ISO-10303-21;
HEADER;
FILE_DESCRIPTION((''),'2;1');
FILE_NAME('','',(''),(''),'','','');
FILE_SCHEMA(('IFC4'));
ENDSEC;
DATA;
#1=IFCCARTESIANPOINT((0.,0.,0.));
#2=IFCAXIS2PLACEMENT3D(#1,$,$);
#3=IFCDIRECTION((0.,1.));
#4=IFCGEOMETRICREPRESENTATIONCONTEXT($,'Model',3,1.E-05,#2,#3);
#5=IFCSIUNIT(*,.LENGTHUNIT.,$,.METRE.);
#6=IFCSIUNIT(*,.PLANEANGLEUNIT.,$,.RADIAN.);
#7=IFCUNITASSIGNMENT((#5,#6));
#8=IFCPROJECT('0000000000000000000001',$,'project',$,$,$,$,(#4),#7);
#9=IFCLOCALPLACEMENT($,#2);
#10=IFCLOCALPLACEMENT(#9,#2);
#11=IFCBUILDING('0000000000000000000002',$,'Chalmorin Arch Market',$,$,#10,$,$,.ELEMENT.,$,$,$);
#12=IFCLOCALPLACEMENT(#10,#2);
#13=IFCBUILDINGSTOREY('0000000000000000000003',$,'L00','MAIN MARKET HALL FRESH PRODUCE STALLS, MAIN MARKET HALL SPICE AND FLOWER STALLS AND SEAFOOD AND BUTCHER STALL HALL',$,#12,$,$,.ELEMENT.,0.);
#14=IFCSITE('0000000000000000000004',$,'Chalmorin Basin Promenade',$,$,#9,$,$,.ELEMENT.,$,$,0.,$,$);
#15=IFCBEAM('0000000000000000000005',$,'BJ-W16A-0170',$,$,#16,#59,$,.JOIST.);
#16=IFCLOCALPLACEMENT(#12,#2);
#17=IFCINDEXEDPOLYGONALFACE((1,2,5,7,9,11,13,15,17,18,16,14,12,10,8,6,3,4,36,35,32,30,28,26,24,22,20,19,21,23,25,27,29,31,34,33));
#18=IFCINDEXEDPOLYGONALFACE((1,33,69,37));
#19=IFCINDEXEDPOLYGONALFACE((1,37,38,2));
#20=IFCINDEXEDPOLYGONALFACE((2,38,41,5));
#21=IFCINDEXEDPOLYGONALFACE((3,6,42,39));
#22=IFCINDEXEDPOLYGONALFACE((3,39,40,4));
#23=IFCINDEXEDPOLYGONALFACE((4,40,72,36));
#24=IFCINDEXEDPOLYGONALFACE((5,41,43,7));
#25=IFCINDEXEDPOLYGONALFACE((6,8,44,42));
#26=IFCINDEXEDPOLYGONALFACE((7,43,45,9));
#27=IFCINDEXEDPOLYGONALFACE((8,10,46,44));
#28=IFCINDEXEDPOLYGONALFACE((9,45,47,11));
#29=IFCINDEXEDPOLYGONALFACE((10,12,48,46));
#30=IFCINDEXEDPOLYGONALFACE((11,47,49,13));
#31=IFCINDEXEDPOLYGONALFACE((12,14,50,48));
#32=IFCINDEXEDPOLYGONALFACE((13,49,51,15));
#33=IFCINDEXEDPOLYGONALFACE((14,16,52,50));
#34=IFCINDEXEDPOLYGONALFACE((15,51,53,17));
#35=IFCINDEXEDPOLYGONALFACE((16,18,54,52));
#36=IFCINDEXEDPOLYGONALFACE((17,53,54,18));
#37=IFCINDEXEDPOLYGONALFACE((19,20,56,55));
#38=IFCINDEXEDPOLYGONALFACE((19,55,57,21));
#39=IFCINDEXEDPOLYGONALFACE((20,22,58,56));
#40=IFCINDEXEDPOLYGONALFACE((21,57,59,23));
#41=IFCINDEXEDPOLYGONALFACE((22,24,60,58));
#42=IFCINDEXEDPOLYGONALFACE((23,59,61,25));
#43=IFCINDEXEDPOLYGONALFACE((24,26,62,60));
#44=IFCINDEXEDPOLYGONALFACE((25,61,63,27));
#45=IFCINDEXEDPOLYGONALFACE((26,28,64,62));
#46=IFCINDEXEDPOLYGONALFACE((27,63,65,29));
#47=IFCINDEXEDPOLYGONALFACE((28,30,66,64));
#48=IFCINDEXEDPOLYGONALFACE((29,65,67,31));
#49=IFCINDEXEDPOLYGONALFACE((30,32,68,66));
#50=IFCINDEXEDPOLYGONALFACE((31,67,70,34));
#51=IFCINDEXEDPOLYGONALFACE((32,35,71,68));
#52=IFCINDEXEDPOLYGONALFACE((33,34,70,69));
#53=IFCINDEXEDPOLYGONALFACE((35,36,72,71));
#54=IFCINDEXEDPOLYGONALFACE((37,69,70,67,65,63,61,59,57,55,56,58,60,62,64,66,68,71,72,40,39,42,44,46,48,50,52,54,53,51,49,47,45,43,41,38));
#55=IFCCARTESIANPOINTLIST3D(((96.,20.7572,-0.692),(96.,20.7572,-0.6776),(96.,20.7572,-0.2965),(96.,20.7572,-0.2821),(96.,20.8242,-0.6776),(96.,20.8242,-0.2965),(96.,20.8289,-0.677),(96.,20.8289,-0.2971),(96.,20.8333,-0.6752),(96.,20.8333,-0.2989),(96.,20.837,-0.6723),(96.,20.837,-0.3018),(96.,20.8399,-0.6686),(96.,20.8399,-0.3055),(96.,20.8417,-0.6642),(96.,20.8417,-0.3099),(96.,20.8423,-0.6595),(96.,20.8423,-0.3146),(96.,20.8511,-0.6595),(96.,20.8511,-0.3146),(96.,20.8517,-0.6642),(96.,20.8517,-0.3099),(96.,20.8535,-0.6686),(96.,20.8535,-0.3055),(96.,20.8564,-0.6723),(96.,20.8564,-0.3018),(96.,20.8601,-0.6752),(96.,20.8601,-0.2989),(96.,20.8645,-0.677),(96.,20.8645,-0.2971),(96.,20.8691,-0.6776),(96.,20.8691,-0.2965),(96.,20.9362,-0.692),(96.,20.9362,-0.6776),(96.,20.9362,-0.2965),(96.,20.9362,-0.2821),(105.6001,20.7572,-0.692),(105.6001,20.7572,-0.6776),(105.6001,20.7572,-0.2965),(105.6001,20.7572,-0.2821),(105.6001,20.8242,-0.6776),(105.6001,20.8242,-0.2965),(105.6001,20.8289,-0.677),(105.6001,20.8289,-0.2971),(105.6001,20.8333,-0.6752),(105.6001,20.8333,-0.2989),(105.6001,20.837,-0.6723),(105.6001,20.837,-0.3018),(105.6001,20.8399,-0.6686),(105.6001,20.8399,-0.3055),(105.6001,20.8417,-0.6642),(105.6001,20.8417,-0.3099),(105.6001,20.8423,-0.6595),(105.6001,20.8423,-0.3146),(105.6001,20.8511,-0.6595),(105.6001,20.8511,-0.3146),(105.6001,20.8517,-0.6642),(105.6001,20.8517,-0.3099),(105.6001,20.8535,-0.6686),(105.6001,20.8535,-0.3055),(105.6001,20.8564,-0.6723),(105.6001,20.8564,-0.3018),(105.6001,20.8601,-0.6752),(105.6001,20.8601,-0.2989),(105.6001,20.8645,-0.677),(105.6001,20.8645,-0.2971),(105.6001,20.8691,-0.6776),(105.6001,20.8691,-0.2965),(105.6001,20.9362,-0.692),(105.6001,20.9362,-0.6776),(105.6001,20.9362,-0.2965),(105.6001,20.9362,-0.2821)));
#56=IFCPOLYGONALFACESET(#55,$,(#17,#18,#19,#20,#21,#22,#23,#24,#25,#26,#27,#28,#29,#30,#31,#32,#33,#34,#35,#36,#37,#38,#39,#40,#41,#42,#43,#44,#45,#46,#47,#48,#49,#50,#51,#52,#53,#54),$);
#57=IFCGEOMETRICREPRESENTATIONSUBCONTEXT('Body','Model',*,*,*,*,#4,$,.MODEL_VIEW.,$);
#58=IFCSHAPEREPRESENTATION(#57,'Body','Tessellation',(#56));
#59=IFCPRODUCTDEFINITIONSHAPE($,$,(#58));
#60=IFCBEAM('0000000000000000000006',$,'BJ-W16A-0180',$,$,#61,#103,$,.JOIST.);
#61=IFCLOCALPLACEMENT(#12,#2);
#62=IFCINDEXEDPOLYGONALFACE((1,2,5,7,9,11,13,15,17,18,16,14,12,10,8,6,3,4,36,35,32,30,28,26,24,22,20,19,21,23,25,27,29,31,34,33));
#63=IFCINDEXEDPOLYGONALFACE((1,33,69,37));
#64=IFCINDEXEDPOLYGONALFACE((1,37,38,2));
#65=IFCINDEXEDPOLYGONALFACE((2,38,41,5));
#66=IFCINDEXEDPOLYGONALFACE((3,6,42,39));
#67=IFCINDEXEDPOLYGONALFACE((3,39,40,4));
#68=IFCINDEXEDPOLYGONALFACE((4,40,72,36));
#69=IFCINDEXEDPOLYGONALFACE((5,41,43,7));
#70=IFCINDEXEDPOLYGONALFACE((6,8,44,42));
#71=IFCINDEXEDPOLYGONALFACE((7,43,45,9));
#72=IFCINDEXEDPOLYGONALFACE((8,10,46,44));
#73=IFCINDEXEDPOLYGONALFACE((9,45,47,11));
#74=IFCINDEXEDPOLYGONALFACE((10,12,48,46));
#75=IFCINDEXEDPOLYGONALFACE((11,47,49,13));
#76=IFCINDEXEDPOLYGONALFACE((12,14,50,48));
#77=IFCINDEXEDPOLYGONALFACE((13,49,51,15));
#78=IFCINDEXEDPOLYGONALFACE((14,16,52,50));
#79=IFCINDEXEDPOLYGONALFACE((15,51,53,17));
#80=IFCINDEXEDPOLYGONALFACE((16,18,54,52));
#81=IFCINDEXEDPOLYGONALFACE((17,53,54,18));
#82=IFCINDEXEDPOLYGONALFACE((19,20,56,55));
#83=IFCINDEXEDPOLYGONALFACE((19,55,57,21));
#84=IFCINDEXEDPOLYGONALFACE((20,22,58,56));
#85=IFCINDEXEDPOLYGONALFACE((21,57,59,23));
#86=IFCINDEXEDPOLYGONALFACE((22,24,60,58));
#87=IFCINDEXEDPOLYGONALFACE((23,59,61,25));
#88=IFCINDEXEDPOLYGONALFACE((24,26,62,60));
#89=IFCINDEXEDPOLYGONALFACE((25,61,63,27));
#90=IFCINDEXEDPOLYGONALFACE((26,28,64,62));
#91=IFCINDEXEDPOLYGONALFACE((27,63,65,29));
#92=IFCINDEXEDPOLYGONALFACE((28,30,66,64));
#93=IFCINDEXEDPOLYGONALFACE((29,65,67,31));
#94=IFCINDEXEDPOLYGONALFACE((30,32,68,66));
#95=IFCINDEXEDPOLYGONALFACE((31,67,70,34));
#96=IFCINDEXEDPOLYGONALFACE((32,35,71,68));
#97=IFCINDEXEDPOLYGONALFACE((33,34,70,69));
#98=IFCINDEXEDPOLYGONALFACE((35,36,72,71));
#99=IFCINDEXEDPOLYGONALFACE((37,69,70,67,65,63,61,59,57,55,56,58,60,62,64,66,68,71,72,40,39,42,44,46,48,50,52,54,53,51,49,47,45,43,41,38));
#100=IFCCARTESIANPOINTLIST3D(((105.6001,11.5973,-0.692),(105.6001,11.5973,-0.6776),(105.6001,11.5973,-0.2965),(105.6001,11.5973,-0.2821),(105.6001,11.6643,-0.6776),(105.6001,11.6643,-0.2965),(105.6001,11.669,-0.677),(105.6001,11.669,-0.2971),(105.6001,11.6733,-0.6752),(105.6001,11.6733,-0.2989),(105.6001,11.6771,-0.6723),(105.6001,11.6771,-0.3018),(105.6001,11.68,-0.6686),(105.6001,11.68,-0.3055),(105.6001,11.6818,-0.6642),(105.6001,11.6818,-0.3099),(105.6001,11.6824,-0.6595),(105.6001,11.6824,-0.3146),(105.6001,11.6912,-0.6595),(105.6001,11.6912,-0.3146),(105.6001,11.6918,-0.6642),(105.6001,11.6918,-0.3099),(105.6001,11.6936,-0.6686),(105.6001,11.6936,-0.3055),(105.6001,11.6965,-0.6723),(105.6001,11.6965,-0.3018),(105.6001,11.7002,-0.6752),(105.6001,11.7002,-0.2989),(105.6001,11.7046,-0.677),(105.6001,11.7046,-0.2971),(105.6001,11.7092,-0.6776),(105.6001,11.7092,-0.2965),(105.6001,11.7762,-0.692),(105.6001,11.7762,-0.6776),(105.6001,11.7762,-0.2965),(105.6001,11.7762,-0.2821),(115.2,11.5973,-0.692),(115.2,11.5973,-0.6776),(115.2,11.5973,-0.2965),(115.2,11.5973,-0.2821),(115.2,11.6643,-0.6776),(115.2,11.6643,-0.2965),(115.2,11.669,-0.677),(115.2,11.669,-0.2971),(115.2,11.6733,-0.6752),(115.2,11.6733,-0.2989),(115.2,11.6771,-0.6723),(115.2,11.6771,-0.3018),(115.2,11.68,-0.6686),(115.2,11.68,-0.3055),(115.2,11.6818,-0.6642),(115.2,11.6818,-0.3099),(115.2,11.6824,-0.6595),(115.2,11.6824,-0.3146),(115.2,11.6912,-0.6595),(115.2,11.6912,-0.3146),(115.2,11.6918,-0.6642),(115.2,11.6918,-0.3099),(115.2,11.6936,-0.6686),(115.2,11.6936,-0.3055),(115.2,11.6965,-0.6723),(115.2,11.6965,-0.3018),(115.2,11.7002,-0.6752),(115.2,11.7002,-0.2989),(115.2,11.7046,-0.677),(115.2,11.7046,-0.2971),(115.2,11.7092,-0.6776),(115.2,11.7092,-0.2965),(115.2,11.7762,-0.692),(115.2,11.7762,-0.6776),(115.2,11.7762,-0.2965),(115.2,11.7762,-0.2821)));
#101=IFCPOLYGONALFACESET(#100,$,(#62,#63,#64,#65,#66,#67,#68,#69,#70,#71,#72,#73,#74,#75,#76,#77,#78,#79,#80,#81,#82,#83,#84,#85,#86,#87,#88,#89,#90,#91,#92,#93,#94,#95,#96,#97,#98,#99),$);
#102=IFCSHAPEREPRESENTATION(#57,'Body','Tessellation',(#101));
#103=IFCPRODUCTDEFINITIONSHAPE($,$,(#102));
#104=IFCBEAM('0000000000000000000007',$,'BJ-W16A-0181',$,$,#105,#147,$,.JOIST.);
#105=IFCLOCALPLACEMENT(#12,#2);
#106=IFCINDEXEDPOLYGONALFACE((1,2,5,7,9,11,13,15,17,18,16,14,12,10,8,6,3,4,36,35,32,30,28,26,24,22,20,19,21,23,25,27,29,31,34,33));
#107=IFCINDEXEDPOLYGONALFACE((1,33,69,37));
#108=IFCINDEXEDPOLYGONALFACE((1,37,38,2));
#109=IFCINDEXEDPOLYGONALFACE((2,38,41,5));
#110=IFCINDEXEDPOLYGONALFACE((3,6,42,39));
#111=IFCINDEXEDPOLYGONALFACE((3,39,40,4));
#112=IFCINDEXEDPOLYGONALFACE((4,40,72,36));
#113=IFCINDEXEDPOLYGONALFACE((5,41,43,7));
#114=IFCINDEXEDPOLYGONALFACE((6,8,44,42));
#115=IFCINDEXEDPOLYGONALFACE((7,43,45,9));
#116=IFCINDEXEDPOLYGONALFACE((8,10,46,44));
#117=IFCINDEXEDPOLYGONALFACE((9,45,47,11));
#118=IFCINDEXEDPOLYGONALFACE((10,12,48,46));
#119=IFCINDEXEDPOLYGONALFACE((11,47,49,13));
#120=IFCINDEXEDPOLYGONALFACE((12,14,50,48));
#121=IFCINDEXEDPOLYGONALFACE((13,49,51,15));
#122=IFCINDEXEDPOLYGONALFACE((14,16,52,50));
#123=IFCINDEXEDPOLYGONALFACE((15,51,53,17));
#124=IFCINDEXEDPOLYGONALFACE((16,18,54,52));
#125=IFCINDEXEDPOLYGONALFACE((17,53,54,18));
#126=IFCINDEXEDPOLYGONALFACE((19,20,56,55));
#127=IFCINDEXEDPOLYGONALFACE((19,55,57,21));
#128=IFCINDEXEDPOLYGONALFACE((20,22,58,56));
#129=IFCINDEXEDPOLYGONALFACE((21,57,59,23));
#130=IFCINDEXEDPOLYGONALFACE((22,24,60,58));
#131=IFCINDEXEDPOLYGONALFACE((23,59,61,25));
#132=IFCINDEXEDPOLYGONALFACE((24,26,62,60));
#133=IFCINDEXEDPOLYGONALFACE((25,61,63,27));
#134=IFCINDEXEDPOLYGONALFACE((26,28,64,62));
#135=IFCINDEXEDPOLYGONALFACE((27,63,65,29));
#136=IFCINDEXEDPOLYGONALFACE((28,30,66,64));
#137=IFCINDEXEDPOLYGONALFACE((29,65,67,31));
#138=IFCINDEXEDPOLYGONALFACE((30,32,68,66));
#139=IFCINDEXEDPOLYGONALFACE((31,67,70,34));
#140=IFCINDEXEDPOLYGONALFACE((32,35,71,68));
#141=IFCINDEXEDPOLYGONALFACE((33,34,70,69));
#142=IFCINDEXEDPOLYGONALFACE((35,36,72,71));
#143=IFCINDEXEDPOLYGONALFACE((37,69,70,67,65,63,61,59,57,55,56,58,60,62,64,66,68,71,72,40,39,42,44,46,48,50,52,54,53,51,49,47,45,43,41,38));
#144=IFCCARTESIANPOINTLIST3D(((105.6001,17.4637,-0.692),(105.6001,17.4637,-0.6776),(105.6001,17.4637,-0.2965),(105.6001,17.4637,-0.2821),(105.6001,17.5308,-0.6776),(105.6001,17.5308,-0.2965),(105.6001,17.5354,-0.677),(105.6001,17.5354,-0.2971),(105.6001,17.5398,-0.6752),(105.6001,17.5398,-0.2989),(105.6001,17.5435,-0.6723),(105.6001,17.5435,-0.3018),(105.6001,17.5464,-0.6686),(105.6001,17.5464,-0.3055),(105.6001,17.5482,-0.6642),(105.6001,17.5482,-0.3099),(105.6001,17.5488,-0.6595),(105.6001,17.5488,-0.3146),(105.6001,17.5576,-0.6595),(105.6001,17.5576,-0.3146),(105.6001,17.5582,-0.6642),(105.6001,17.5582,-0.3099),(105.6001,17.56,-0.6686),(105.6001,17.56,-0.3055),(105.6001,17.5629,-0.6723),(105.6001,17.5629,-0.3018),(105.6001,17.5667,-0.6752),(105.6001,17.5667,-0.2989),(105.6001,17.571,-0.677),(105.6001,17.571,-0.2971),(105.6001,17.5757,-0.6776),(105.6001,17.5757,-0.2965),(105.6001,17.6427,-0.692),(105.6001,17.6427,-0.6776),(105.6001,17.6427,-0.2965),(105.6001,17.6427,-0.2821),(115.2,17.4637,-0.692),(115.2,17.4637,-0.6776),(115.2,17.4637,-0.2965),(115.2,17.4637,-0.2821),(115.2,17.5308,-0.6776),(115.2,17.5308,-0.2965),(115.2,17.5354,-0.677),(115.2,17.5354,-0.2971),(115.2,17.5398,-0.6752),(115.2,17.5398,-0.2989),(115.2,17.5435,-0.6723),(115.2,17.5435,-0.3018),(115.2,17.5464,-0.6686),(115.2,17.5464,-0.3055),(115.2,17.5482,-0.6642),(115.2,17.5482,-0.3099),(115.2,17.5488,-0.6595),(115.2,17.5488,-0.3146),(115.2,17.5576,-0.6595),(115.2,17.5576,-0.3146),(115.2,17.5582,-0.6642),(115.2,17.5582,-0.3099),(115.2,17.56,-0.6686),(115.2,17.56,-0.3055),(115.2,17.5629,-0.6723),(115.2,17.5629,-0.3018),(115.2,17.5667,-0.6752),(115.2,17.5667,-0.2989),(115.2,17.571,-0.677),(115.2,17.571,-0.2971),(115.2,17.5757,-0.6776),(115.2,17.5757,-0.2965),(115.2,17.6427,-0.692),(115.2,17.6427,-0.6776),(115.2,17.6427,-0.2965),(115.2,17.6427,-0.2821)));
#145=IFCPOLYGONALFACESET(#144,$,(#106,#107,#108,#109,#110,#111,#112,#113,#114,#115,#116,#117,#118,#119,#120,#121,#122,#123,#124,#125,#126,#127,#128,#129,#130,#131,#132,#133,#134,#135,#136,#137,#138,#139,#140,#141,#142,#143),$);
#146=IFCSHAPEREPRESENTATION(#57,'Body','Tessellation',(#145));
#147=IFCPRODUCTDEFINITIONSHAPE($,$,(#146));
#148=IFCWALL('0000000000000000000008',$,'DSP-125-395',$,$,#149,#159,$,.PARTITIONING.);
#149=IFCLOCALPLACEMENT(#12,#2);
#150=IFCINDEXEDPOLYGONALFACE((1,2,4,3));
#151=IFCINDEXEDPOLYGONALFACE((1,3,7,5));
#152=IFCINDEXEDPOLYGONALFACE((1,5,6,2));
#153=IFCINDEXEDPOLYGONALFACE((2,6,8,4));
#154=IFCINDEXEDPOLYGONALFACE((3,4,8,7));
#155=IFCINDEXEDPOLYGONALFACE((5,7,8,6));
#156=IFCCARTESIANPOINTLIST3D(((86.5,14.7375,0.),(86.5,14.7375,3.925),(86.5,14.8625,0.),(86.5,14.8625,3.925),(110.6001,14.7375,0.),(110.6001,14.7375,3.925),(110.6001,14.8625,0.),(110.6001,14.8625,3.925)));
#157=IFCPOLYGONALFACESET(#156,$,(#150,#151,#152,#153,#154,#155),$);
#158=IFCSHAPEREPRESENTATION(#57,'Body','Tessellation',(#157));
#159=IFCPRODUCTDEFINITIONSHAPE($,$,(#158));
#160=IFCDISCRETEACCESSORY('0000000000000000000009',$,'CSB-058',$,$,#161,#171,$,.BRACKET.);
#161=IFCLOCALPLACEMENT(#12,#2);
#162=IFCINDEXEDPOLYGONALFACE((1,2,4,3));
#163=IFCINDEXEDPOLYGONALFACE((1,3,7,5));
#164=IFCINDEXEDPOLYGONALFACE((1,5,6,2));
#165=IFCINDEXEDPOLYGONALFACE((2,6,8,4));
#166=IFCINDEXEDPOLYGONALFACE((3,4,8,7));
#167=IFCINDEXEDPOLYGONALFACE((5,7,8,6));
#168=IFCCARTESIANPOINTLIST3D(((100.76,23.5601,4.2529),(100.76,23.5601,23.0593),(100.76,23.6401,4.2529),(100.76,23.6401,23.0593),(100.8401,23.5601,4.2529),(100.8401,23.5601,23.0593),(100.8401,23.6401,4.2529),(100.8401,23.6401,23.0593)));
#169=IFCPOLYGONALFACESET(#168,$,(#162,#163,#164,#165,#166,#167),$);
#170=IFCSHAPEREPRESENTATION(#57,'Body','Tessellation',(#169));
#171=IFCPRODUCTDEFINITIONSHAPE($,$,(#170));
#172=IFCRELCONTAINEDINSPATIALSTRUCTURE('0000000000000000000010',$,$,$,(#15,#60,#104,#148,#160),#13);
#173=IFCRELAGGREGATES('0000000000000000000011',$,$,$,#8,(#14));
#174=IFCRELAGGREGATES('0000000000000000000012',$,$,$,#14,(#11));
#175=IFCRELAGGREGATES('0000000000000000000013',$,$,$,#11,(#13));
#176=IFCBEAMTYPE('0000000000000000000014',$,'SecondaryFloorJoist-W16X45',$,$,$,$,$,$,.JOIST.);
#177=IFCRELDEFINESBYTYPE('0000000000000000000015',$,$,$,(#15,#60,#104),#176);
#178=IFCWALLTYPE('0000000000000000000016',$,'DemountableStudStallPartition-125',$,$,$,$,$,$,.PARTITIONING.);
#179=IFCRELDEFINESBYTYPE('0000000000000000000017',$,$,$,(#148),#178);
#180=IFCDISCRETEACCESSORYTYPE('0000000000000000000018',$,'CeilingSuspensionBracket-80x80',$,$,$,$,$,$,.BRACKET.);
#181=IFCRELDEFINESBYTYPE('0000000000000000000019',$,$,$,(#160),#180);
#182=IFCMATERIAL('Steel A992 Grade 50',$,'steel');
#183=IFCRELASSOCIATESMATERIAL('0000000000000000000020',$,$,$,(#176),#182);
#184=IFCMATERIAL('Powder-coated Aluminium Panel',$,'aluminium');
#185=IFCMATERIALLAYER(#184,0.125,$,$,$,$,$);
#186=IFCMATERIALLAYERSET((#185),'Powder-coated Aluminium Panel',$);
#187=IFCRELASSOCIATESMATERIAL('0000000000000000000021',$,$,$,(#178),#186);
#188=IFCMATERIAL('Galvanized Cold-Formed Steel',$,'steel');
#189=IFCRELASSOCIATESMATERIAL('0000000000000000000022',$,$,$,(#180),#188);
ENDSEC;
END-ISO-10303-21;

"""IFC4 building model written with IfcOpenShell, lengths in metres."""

from ifc_helpers import new_model, si_unit, direction, frame, frame_2d, origin, origin_2d, place, context, subcontext, project, spatial, rectangle, i_section, extrude, material, layer, layer_set, material_profile, profile_set, type_object, element, save


model = new_model("IFC4")

# Units and contexts
model_context = context("Model", 3, precision=1e-05, world=origin(), true_north=direction((0.0, 1.0)))
body_context = subcontext(model_context, "Body", "Model", "MODEL_VIEW")
ifc_project = project(units=[si_unit("LENGTHUNIT", "METRE"), si_unit("PLANEANGLEUNIT", "RADIAN")], contexts=[model_context])

# Site, building, storey
site_placement = place(None, origin())
site = spatial("IfcSite", under=ifc_project, at=site_placement, Name="Chalmorin Basin Promenade", CompositionType="ELEMENT", RefElevation=0.0)
building_placement = place(site_placement, origin())
building = spatial("IfcBuilding", under=site, at=building_placement, Name="Chalmorin Arch Market", CompositionType="ELEMENT")
storey_placement = place(building_placement, origin())
storey = spatial("IfcBuildingStorey", under=building, at=storey_placement, Name="L00", Description="MAIN MARKET HALL FRESH PRODUCE STALLS, MAIN MARKET HALL SPICE AND FLOWER STALLS AND SEAFOOD AND BUTCHER STALL HALL", CompositionType="ELEMENT", Elevation=0.0)

# Beams
ifc_material_1 = material(Name="Steel A992 Grade 50", Category="steel")
ifc_material_profile_1 = material_profile(ifc_material_1, i_section(OverallWidth=0.179, OverallDepth=0.4099, WebThickness=0.0088, FlangeThickness=0.0144, FilletRadius=0.0181, at=origin_2d()), Name="W16X45")
ifc_profile_set_1 = profile_set([ifc_material_profile_1], Name="Steel A992 Grade 50")
beam_type_1 = type_object("IfcBeamType", Name="SecondaryFloorJoist-W16X45", PredefinedType="JOIST", material=ifc_profile_set_1)
for number, where, z_axis, x_axis, name in (
    (1, (96.0, 20.8467, -0.4871), (1.0, 0.0, 0.0), (0.0, 1.0, 0.0), "BJ-W16A-0170"),
):
    element("IfcBeam", number, at=place(storey_placement, frame(where, z_axis=z_axis, x_axis=x_axis)), inside=storey, type_object=beam_type_1, Name=name, PredefinedType="JOIST", context=body_context, shape_type="SweptSolid", body=[
        extrude(i_section(OverallWidth=0.179, OverallDepth=0.4099, WebThickness=0.0088, FlangeThickness=0.0144, FilletRadius=0.0181, at=origin_2d()), origin(), (0.0, 0.0, 1.0), 9.6001),
    ])
for number, where, z_axis, x_axis, name in (
    (2, (105.6001, 11.6868, -0.4871), (1.0, 0.0, 0.0), (0.0, 1.0, 0.0), "BJ-W16A-0180"),
    (3, (105.6001, 17.5532, -0.4871), (1.0, 0.0, 0.0), (0.0, 1.0, 0.0), "BJ-W16A-0181"),
):
    element("IfcBeam", number, at=place(storey_placement, frame(where, z_axis=z_axis, x_axis=x_axis)), inside=storey, type_object=beam_type_1, Name=name, PredefinedType="JOIST", context=body_context, shape_type="SweptSolid", body=[
        extrude(i_section(OverallWidth=0.179, OverallDepth=0.4099, WebThickness=0.0088, FlangeThickness=0.0144, FilletRadius=0.0181, at=origin_2d()), origin(), (0.0, 0.0, 1.0), 9.5999),
    ])

# Wall
ifc_material_2 = material(Name="Powder-coated Aluminium Panel", Category="aluminium")
ifc_layer = layer(ifc_material_2, 0.125)
ifc_layer_set = layer_set([ifc_layer], Name="Powder-coated Aluminium Panel")
wall_type = type_object("IfcWallType", Name="DemountableStudStallPartition-125", PredefinedType="PARTITIONING", material=ifc_layer_set)
wall_placement = place(storey_placement, frame((86.5, 14.8, 0.0), z_axis=(0.0, 0.0, 1.0), x_axis=(1.0, 0.0, 0.0)))
element("IfcWall", 4, at=wall_placement, inside=storey, type_object=wall_type, Name="DSP-125-395", PredefinedType="PARTITIONING", context=body_context, shape_type="SweptSolid", body=[
    extrude(rectangle(XDim=24.1001, YDim=0.125, at=frame_2d((12.05, 0.0))), origin(), (0.0, 0.0, 1.0), 3.925),
])

# Discrete accessory
ifc_material_3 = material(Name="Galvanized Cold-Formed Steel", Category="steel")
discrete_accessory_type = type_object("IfcDiscreteAccessoryType", Name="CeilingSuspensionBracket-80x80", PredefinedType="BRACKET", material=ifc_material_3)
discrete_accessory_placement = place(storey_placement, frame((100.8, 23.6001, 4.2529), z_axis=(0.0, 0.0, 1.0), x_axis=(1.0, 0.0, 0.0)))
element("IfcDiscreteAccessory", 5, at=discrete_accessory_placement, inside=storey, type_object=discrete_accessory_type, Name="CSB-058", PredefinedType="BRACKET", context=body_context, shape_type="SweptSolid", body=[
    extrude(rectangle(XDim=0.0801, YDim=0.0801, at=origin_2d()), origin(), (0.0, 0.0, 1.0), 18.8064),
])

save(model, "model.ifc")
